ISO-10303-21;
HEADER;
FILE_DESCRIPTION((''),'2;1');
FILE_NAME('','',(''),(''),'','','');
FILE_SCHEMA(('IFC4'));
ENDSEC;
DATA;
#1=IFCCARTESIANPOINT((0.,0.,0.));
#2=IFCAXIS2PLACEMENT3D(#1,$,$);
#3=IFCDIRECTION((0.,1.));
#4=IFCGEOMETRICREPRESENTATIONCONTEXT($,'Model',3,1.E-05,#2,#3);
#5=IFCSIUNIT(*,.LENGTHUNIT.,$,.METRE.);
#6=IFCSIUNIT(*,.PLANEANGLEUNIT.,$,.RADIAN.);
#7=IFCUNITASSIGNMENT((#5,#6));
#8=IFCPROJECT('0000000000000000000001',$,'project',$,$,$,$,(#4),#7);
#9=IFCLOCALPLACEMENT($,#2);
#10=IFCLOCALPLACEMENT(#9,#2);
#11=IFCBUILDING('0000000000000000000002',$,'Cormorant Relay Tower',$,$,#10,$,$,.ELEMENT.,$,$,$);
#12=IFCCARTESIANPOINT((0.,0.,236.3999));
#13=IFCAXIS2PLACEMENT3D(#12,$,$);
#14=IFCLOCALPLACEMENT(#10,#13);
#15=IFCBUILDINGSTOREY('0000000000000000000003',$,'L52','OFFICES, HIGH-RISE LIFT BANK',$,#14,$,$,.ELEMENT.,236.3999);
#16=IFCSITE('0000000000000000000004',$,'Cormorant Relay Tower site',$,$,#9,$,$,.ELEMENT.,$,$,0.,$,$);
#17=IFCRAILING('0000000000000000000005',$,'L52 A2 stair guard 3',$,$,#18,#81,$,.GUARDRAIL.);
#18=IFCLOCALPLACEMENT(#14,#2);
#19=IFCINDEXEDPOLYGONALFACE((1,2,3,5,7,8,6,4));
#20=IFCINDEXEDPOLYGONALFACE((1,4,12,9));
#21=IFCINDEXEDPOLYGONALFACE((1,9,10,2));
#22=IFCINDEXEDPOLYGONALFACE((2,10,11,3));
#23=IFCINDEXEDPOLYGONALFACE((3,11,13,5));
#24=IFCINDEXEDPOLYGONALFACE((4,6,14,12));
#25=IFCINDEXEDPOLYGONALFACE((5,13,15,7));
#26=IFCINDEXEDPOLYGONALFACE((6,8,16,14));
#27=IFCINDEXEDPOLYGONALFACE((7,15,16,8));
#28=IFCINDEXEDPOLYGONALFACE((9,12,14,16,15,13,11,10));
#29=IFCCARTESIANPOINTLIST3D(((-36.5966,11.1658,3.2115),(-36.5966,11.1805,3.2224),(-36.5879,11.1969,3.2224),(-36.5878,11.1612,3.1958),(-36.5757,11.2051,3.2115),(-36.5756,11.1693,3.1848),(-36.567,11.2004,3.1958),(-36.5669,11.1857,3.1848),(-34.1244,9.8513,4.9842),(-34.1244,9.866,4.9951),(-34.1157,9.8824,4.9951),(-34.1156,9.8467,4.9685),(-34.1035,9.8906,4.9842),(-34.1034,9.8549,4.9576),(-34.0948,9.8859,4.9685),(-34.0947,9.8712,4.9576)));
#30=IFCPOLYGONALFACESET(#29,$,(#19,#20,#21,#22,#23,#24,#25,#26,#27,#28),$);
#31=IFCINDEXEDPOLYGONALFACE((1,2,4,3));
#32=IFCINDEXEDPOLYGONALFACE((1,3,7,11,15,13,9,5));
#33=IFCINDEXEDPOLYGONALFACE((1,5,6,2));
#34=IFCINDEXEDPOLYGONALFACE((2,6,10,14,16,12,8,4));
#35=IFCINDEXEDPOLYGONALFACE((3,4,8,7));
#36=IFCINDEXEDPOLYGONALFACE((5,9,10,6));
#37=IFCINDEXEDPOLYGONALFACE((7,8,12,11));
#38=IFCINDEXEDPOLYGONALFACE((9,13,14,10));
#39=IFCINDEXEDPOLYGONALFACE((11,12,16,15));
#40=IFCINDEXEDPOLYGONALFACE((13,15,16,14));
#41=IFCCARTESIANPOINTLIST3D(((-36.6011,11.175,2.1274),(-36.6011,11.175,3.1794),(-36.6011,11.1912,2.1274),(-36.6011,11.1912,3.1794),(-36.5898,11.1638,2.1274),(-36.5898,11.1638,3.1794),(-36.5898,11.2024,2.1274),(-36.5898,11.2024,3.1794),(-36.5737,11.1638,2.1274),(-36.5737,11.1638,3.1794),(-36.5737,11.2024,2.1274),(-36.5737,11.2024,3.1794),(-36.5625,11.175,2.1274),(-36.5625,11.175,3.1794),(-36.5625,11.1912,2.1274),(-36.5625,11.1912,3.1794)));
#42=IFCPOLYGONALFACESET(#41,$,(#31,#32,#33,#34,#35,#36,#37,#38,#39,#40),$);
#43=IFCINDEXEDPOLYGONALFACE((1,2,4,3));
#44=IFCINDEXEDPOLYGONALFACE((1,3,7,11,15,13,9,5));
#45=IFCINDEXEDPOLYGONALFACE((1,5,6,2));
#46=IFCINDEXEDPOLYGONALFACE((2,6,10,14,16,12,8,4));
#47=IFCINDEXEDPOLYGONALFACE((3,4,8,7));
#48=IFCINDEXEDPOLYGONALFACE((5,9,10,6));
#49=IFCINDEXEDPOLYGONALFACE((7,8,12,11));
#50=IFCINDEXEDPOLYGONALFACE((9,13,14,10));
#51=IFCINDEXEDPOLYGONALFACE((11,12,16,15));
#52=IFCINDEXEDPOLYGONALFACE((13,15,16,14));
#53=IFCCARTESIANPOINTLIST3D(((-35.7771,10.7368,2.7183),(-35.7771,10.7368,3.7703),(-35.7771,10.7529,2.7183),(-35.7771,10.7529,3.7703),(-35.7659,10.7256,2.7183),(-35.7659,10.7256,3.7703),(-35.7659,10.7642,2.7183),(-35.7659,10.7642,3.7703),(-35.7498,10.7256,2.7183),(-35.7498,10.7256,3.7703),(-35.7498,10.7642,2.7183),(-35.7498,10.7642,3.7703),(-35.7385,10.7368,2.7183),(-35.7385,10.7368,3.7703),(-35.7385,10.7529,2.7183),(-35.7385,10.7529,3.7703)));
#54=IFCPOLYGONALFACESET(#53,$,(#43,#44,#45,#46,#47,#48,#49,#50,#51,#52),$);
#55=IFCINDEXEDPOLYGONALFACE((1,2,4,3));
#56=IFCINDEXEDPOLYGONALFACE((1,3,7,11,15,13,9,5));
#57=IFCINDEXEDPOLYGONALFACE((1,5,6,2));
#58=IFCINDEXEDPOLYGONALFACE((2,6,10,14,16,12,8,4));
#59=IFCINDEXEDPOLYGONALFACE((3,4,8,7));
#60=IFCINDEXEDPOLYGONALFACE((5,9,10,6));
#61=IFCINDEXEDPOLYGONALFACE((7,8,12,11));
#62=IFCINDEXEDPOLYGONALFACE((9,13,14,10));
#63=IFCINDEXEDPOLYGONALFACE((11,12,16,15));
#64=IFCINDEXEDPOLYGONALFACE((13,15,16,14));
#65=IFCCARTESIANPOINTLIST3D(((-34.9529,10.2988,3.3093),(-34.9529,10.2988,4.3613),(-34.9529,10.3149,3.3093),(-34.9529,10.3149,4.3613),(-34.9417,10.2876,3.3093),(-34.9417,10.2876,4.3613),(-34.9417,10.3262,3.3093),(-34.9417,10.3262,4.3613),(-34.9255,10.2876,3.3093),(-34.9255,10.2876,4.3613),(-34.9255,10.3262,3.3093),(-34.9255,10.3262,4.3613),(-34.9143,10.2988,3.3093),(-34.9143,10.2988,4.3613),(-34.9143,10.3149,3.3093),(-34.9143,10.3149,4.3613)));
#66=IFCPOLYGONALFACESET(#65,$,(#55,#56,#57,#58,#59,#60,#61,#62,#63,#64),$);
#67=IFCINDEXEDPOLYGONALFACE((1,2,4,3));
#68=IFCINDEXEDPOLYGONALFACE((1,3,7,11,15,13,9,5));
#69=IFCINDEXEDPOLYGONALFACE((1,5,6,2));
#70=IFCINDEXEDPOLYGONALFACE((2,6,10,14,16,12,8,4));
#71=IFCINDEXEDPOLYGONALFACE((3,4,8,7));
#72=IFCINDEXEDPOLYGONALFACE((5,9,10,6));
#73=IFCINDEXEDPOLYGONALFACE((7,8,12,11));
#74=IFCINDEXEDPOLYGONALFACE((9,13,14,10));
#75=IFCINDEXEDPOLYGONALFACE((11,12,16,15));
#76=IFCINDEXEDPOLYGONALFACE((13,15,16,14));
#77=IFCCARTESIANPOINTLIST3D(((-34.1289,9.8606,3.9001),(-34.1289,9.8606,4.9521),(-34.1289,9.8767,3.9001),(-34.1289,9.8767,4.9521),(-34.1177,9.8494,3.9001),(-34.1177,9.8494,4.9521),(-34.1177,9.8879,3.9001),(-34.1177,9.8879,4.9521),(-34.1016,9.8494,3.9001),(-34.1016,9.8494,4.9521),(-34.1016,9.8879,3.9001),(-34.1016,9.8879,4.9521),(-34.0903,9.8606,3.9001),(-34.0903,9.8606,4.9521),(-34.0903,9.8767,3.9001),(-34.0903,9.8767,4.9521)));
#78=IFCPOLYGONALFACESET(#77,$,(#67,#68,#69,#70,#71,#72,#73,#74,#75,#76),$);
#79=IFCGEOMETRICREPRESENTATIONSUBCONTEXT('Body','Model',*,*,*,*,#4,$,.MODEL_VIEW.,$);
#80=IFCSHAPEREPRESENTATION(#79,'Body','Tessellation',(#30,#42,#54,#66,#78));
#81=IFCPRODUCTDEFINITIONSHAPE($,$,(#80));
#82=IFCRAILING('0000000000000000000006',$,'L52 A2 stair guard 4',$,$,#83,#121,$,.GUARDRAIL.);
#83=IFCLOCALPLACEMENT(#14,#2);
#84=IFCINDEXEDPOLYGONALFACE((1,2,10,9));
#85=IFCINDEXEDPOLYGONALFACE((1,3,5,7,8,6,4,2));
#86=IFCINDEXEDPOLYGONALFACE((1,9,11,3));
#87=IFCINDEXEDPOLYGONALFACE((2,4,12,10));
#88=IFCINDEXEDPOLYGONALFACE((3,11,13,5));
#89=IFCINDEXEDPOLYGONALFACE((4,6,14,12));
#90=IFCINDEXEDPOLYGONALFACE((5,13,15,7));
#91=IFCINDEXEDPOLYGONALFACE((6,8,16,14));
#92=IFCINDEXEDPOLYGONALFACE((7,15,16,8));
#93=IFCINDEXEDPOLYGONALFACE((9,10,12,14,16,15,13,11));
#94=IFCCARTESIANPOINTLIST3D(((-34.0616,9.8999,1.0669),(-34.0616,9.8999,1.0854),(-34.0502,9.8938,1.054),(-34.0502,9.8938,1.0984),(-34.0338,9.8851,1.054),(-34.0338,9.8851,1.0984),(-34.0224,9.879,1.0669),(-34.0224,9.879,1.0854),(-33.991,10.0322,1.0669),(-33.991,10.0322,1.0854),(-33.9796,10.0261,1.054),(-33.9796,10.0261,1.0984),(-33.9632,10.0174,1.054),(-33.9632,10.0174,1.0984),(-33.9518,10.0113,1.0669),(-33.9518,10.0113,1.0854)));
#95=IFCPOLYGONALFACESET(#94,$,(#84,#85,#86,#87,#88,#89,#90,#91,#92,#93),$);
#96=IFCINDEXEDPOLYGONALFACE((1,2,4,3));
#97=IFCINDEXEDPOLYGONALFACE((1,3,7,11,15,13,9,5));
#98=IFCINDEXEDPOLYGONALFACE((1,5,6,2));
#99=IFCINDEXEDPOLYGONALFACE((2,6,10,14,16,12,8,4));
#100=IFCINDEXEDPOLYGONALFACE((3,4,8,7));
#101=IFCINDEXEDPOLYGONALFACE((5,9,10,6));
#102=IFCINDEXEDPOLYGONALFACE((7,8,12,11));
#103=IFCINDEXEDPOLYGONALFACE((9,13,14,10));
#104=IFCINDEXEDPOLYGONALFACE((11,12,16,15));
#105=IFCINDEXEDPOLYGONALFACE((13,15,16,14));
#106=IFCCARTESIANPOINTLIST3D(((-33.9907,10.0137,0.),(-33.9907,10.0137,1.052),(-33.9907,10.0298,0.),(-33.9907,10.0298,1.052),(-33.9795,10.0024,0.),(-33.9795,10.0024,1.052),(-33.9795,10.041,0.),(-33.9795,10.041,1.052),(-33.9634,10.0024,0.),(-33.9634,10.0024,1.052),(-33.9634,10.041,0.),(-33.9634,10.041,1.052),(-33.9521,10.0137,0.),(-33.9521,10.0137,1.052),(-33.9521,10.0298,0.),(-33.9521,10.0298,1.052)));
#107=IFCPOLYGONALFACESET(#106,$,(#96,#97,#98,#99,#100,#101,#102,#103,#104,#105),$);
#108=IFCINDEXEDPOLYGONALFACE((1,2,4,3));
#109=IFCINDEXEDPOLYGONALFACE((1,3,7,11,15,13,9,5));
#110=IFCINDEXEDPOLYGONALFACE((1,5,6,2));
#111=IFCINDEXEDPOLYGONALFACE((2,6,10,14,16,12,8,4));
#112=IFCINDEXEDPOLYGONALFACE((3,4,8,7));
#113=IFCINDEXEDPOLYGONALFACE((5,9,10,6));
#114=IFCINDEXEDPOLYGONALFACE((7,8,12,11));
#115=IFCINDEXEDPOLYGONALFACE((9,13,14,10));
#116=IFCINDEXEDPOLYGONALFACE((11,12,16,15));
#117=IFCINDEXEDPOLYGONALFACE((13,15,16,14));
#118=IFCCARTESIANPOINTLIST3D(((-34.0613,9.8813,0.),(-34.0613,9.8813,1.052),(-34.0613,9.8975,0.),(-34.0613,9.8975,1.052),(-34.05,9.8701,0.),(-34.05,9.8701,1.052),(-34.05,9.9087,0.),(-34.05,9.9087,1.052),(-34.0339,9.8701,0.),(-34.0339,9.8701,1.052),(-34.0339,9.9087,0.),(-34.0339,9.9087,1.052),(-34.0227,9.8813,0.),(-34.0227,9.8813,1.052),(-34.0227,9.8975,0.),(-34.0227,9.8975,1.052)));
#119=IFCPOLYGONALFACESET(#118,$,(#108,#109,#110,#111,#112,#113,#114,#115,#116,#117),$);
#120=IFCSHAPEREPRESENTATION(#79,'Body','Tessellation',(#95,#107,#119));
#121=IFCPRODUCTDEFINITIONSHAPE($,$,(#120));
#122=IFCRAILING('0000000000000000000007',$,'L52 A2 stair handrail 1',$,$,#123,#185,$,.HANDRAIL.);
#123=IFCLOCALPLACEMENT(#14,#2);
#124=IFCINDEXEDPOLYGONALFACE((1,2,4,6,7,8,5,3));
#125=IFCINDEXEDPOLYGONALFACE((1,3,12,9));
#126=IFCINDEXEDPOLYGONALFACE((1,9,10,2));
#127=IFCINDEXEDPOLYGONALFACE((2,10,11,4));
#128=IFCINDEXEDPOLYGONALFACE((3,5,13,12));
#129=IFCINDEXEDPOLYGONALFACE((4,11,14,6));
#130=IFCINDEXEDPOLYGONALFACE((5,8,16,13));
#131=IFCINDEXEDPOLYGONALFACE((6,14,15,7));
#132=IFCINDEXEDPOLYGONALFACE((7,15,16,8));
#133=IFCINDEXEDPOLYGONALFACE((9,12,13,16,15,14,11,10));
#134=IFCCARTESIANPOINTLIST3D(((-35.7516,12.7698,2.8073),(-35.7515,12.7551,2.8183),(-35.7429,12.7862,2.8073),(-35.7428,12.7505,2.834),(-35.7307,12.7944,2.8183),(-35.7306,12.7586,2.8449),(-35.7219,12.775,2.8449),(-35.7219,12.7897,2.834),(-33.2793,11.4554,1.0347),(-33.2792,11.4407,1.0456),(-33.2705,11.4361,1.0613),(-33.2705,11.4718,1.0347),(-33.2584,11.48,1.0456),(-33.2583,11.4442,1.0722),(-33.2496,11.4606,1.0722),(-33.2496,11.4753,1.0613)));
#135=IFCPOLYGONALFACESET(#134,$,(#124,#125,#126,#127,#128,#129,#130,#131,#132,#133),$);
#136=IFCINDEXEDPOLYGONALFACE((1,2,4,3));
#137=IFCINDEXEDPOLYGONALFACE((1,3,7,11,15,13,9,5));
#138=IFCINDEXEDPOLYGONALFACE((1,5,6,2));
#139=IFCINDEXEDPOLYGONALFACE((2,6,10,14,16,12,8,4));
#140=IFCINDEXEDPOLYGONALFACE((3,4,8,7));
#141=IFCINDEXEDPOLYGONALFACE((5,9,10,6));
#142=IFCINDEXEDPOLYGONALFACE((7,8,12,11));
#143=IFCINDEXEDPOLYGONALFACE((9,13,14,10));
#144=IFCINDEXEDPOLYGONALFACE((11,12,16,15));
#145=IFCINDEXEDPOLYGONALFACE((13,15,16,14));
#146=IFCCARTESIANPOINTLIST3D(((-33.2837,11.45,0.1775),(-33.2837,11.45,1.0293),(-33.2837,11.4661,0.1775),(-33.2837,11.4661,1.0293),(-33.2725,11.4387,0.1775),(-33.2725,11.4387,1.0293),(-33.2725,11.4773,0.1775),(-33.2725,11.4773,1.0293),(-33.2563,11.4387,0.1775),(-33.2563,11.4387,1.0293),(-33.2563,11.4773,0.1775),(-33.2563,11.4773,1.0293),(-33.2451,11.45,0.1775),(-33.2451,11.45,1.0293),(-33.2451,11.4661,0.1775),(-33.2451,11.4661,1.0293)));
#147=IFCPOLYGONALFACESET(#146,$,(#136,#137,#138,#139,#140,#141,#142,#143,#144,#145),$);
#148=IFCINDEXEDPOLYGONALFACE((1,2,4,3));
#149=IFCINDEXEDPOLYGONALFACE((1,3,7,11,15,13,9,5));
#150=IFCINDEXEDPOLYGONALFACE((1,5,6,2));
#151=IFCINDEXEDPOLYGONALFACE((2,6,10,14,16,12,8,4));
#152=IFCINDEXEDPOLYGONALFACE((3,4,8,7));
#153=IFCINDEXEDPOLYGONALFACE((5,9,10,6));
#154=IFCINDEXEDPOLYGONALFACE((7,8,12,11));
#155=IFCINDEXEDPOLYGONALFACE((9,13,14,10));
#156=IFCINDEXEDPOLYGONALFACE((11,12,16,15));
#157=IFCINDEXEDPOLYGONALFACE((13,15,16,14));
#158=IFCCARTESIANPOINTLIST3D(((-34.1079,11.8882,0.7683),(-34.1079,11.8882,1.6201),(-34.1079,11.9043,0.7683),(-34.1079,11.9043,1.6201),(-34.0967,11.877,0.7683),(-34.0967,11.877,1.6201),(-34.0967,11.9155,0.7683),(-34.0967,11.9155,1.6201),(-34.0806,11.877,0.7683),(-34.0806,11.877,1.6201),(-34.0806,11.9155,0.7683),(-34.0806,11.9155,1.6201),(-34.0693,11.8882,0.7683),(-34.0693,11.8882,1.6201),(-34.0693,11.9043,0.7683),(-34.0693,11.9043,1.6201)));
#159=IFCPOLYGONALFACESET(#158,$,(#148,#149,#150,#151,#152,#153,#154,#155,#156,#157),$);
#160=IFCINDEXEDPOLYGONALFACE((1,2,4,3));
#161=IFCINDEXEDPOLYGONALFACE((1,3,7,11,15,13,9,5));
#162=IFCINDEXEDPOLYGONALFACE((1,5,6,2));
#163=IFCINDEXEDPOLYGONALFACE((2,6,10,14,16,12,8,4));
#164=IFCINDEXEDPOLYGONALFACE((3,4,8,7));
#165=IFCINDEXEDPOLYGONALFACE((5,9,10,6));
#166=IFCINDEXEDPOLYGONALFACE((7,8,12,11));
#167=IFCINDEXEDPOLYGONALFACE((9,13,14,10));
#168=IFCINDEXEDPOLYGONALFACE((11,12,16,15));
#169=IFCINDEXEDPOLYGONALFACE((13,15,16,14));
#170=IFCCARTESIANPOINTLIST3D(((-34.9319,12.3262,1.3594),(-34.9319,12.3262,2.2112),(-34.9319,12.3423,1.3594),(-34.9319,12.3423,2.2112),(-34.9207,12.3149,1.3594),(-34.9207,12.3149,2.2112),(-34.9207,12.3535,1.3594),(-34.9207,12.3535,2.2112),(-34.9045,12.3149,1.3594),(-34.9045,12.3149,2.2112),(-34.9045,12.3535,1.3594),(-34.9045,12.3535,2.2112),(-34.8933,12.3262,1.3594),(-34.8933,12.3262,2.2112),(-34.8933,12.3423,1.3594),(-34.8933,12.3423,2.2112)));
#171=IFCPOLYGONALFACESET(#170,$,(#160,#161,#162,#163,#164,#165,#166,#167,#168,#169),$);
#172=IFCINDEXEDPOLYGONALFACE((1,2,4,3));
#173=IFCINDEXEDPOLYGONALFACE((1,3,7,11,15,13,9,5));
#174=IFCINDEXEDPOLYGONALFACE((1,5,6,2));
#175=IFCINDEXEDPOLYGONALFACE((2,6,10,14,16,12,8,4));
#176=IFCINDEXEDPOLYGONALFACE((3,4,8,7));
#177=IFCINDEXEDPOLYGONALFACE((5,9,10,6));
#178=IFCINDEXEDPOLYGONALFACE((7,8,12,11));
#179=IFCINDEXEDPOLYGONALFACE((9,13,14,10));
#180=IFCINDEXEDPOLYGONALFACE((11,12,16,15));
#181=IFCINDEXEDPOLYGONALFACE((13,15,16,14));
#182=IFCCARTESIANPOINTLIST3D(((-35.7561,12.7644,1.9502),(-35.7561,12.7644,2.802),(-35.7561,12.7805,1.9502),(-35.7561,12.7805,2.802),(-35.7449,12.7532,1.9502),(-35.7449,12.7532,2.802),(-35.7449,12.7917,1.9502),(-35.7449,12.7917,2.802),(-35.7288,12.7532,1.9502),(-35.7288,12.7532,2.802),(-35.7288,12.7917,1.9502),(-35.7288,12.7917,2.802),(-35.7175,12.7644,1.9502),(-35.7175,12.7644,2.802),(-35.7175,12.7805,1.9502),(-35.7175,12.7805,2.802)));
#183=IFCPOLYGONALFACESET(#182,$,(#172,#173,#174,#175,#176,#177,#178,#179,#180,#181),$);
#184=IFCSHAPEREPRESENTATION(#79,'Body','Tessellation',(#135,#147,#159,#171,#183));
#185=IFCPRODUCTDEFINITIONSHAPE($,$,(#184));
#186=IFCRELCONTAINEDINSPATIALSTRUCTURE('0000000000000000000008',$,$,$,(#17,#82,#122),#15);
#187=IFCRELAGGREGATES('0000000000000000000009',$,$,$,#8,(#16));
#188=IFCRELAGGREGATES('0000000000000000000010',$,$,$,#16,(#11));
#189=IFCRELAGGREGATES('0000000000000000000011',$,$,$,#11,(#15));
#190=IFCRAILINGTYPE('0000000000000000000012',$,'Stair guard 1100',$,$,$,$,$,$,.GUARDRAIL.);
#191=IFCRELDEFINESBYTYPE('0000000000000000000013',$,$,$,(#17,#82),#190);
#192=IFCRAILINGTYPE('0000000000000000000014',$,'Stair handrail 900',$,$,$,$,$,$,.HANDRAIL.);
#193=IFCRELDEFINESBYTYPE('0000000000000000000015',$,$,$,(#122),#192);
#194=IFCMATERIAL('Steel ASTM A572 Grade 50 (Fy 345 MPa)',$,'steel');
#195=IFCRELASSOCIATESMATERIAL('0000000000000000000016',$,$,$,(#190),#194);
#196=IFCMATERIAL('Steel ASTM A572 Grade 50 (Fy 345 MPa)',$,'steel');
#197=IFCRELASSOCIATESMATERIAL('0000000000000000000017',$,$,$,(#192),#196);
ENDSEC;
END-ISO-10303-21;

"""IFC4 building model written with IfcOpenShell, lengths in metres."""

from ifc_helpers import new_model, si_unit, direction, frame, origin, place, context, subcontext, project, spatial, polyline, outline, extrude, material, type_object, element, save


model = new_model("IFC4")

# Units and contexts
model_context = context("Model", 3, precision=1e-05, world=origin(), true_north=direction((0.0, 1.0)))
body_context = subcontext(model_context, "Body", "Model", "MODEL_VIEW")
ifc_project = project(units=[si_unit("LENGTHUNIT", "METRE"), si_unit("PLANEANGLEUNIT", "RADIAN")], contexts=[model_context])

# Site, building, storey
site_placement = place(None, origin())
site = spatial("IfcSite", under=ifc_project, at=site_placement, Name="Cormorant Relay Tower site", CompositionType="ELEMENT", RefElevation=0.0)
building_placement = place(site_placement, origin())
building = spatial("IfcBuilding", under=site, at=building_placement, Name="Cormorant Relay Tower", CompositionType="ELEMENT")
storey_placement = place(building_placement, frame((0.0, 0.0, 236.3999)))
storey = spatial("IfcBuildingStorey", under=building, at=storey_placement, Name="L52", Description="OFFICES, HIGH-RISE LIFT BANK", CompositionType="ELEMENT", Elevation=236.3999)

# Railings
ifc_material_1 = material(Name="Steel ASTM A572 Grade 50 (Fy 345 MPa)", Category="steel")
railing_type_1 = type_object("IfcRailingType", Name="Stair guard 1100", PredefinedType="GUARDRAIL", material=ifc_material_1)
railing_1_placement = place(storey_placement, frame((-36.5818, 11.1831, 2.1274)))
element("IfcRailing", 1, at=railing_1_placement, inside=storey, type_object=railing_type_1, Name="L52 A2 stair guard 3", PredefinedType="GUARDRAIL", context=body_context, shape_type="SweptSolid", body=[
    extrude(outline(polyline([(0.0222, 0.0093), (0.0093, 0.0222), (-0.0093, 0.0222), (-0.0222, 0.0093), (-0.0222, -0.0093), (-0.0093, -0.0222), (0.0093, -0.0222), (0.0222, -0.0093), (0.0222, 0.0093)])), frame((0.0, 0.0, 1.0762), z_axis=(0.746001, -0.396649, 0.534931), x_axis=(0.469465, 0.882951, 0.0)), (0.0, 0.0, 1.0), 3.314),
    extrude(outline(polyline([(0.0193, 0.0081), (0.0081, 0.0193), (-0.0081, 0.0193), (-0.0193, 0.0081), (-0.0193, -0.0081), (-0.0081, -0.0193), (0.0081, -0.0193), (0.0193, -0.0081), (0.0193, 0.0081)])), origin(), (0.0, 0.0, 1.0), 1.052),
    extrude(outline(polyline([(0.0193, 0.0081), (0.0081, 0.0193), (-0.0081, 0.0193), (-0.0193, 0.0081), (-0.0193, -0.0081), (-0.0081, -0.0193), (0.0081, -0.0193), (0.0193, -0.0081), (0.0193, 0.0081)])), frame((0.824, -0.4382, 0.5908)), (0.0, 0.0, 1.0), 1.052),
    extrude(outline(polyline([(0.0193, 0.0081), (0.0081, 0.0193), (-0.0081, 0.0193), (-0.0193, 0.0081), (-0.0193, -0.0081), (-0.0081, -0.0193), (0.0081, -0.0193), (0.0193, -0.0081), (0.0193, 0.0081)])), frame((1.6482, -0.8762, 1.1819)), (0.0, 0.0, 1.0), 1.052),
    extrude(outline(polyline([(0.0193, 0.0081), (0.0081, 0.0193), (-0.0081, 0.0193), (-0.0193, 0.0081), (-0.0193, -0.0081), (-0.0081, -0.0193), (0.0081, -0.0193), (0.0193, -0.0081), (0.0193, 0.0081)])), frame((2.4722, -1.3145, 1.7727)), (0.0, 0.0, 1.0), 1.052),
])
railing_2_placement = place(storey_placement, frame((-33.9714, 10.0217, 0.0)))
element("IfcRailing", 2, at=railing_2_placement, inside=storey, type_object=railing_type_1, Name="L52 A2 stair guard 4", PredefinedType="GUARDRAIL", context=body_context, shape_type="SweptSolid", body=[
    extrude(outline(polyline([(0.0222, 0.0093), (0.0093, 0.0222), (-0.0093, 0.0222), (-0.0222, 0.0093), (-0.0222, -0.0093), (-0.0093, -0.0222), (0.0093, -0.0222), (0.0222, -0.0093), (0.0222, 0.0093)])), frame((0.0, 0.0, 1.0762), z_axis=(-0.470504, -0.882398, 0.0), x_axis=(0.882398, -0.470504, 0.0)), (0.0, 0.0, 1.0), 0.1499),
    extrude(outline(polyline([(0.0193, 0.0081), (0.0081, 0.0193), (-0.0081, 0.0193), (-0.0193, 0.0081), (-0.0193, -0.0081), (-0.0081, -0.0193), (0.0081, -0.0193), (0.0193, -0.0081), (0.0193, 0.0081)])), origin(), (0.0, 0.0, 1.0), 1.052),
    extrude(outline(polyline([(0.0193, 0.0081), (0.0081, 0.0193), (-0.0081, 0.0193), (-0.0193, 0.0081), (-0.0193, -0.0081), (-0.0081, -0.0193), (0.0081, -0.0193), (0.0193, -0.0081), (0.0193, 0.0081)])), frame((-0.0706, -0.1323, 0.0)), (0.0, 0.0, 1.0), 1.052),
])
ifc_material_2 = material(Name="Steel ASTM A572 Grade 50 (Fy 345 MPa)", Category="steel")
railing_type_2 = type_object("IfcRailingType", Name="Stair handrail 900", PredefinedType="HANDRAIL", material=ifc_material_2)
railing_3_placement = place(storey_placement, frame((-33.2644, 11.458, 0.1775)))
element("IfcRailing", 3, at=railing_3_placement, inside=storey, type_object=railing_type_2, Name="L52 A2 stair handrail 1", PredefinedType="HANDRAIL", context=body_context, shape_type="SweptSolid", body=[
    extrude(outline(polyline([(0.0222, 0.0093), (0.0093, 0.0222), (-0.0093, 0.0222), (-0.0222, 0.0093), (-0.0222, -0.0093), (-0.0093, -0.0222), (0.0093, -0.0222), (0.0222, -0.0093), (0.0222, 0.0093)])), frame((0.0, 0.0, 0.876), z_axis=(-0.746034, 0.396627, 0.534902), x_axis=(-0.469429, -0.88297, 0.0)), (0.0, 0.0, 1.0), 3.314),
    extrude(outline(polyline([(0.0193, 0.0081), (0.0081, 0.0193), (-0.0081, 0.0193), (-0.0193, 0.0081), (-0.0193, -0.0081), (-0.0081, -0.0193), (0.0081, -0.0193), (0.0193, -0.0081), (0.0193, 0.0081)])), origin(), (0.0, 0.0, 1.0), 0.8518),
    extrude(outline(polyline([(0.0193, 0.0081), (0.0081, 0.0193), (-0.0081, 0.0193), (-0.0193, 0.0081), (-0.0193, -0.0081), (-0.0081, -0.0193), (0.0081, -0.0193), (0.0193, -0.0081), (0.0193, 0.0081)])), frame((-0.8242, 0.4382, 0.5908)), (0.0, 0.0, 1.0), 0.8518),
    extrude(outline(polyline([(0.0193, 0.0081), (0.0081, 0.0193), (-0.0081, 0.0193), (-0.0193, 0.0081), (-0.0193, -0.0081), (-0.0081, -0.0193), (0.0081, -0.0193), (0.0193, -0.0081), (0.0193, 0.0081)])), frame((-1.6482, 0.8762, 1.1819)), (0.0, 0.0, 1.0), 0.8518),
    extrude(outline(polyline([(0.0193, 0.0081), (0.0081, 0.0193), (-0.0081, 0.0193), (-0.0193, 0.0081), (-0.0193, -0.0081), (-0.0081, -0.0193), (0.0081, -0.0193), (0.0193, -0.0081), (0.0193, 0.0081)])), frame((-2.4724, 1.3145, 1.7727)), (0.0, 0.0, 1.0), 0.8518),
])

save(model, "model.ifc")
